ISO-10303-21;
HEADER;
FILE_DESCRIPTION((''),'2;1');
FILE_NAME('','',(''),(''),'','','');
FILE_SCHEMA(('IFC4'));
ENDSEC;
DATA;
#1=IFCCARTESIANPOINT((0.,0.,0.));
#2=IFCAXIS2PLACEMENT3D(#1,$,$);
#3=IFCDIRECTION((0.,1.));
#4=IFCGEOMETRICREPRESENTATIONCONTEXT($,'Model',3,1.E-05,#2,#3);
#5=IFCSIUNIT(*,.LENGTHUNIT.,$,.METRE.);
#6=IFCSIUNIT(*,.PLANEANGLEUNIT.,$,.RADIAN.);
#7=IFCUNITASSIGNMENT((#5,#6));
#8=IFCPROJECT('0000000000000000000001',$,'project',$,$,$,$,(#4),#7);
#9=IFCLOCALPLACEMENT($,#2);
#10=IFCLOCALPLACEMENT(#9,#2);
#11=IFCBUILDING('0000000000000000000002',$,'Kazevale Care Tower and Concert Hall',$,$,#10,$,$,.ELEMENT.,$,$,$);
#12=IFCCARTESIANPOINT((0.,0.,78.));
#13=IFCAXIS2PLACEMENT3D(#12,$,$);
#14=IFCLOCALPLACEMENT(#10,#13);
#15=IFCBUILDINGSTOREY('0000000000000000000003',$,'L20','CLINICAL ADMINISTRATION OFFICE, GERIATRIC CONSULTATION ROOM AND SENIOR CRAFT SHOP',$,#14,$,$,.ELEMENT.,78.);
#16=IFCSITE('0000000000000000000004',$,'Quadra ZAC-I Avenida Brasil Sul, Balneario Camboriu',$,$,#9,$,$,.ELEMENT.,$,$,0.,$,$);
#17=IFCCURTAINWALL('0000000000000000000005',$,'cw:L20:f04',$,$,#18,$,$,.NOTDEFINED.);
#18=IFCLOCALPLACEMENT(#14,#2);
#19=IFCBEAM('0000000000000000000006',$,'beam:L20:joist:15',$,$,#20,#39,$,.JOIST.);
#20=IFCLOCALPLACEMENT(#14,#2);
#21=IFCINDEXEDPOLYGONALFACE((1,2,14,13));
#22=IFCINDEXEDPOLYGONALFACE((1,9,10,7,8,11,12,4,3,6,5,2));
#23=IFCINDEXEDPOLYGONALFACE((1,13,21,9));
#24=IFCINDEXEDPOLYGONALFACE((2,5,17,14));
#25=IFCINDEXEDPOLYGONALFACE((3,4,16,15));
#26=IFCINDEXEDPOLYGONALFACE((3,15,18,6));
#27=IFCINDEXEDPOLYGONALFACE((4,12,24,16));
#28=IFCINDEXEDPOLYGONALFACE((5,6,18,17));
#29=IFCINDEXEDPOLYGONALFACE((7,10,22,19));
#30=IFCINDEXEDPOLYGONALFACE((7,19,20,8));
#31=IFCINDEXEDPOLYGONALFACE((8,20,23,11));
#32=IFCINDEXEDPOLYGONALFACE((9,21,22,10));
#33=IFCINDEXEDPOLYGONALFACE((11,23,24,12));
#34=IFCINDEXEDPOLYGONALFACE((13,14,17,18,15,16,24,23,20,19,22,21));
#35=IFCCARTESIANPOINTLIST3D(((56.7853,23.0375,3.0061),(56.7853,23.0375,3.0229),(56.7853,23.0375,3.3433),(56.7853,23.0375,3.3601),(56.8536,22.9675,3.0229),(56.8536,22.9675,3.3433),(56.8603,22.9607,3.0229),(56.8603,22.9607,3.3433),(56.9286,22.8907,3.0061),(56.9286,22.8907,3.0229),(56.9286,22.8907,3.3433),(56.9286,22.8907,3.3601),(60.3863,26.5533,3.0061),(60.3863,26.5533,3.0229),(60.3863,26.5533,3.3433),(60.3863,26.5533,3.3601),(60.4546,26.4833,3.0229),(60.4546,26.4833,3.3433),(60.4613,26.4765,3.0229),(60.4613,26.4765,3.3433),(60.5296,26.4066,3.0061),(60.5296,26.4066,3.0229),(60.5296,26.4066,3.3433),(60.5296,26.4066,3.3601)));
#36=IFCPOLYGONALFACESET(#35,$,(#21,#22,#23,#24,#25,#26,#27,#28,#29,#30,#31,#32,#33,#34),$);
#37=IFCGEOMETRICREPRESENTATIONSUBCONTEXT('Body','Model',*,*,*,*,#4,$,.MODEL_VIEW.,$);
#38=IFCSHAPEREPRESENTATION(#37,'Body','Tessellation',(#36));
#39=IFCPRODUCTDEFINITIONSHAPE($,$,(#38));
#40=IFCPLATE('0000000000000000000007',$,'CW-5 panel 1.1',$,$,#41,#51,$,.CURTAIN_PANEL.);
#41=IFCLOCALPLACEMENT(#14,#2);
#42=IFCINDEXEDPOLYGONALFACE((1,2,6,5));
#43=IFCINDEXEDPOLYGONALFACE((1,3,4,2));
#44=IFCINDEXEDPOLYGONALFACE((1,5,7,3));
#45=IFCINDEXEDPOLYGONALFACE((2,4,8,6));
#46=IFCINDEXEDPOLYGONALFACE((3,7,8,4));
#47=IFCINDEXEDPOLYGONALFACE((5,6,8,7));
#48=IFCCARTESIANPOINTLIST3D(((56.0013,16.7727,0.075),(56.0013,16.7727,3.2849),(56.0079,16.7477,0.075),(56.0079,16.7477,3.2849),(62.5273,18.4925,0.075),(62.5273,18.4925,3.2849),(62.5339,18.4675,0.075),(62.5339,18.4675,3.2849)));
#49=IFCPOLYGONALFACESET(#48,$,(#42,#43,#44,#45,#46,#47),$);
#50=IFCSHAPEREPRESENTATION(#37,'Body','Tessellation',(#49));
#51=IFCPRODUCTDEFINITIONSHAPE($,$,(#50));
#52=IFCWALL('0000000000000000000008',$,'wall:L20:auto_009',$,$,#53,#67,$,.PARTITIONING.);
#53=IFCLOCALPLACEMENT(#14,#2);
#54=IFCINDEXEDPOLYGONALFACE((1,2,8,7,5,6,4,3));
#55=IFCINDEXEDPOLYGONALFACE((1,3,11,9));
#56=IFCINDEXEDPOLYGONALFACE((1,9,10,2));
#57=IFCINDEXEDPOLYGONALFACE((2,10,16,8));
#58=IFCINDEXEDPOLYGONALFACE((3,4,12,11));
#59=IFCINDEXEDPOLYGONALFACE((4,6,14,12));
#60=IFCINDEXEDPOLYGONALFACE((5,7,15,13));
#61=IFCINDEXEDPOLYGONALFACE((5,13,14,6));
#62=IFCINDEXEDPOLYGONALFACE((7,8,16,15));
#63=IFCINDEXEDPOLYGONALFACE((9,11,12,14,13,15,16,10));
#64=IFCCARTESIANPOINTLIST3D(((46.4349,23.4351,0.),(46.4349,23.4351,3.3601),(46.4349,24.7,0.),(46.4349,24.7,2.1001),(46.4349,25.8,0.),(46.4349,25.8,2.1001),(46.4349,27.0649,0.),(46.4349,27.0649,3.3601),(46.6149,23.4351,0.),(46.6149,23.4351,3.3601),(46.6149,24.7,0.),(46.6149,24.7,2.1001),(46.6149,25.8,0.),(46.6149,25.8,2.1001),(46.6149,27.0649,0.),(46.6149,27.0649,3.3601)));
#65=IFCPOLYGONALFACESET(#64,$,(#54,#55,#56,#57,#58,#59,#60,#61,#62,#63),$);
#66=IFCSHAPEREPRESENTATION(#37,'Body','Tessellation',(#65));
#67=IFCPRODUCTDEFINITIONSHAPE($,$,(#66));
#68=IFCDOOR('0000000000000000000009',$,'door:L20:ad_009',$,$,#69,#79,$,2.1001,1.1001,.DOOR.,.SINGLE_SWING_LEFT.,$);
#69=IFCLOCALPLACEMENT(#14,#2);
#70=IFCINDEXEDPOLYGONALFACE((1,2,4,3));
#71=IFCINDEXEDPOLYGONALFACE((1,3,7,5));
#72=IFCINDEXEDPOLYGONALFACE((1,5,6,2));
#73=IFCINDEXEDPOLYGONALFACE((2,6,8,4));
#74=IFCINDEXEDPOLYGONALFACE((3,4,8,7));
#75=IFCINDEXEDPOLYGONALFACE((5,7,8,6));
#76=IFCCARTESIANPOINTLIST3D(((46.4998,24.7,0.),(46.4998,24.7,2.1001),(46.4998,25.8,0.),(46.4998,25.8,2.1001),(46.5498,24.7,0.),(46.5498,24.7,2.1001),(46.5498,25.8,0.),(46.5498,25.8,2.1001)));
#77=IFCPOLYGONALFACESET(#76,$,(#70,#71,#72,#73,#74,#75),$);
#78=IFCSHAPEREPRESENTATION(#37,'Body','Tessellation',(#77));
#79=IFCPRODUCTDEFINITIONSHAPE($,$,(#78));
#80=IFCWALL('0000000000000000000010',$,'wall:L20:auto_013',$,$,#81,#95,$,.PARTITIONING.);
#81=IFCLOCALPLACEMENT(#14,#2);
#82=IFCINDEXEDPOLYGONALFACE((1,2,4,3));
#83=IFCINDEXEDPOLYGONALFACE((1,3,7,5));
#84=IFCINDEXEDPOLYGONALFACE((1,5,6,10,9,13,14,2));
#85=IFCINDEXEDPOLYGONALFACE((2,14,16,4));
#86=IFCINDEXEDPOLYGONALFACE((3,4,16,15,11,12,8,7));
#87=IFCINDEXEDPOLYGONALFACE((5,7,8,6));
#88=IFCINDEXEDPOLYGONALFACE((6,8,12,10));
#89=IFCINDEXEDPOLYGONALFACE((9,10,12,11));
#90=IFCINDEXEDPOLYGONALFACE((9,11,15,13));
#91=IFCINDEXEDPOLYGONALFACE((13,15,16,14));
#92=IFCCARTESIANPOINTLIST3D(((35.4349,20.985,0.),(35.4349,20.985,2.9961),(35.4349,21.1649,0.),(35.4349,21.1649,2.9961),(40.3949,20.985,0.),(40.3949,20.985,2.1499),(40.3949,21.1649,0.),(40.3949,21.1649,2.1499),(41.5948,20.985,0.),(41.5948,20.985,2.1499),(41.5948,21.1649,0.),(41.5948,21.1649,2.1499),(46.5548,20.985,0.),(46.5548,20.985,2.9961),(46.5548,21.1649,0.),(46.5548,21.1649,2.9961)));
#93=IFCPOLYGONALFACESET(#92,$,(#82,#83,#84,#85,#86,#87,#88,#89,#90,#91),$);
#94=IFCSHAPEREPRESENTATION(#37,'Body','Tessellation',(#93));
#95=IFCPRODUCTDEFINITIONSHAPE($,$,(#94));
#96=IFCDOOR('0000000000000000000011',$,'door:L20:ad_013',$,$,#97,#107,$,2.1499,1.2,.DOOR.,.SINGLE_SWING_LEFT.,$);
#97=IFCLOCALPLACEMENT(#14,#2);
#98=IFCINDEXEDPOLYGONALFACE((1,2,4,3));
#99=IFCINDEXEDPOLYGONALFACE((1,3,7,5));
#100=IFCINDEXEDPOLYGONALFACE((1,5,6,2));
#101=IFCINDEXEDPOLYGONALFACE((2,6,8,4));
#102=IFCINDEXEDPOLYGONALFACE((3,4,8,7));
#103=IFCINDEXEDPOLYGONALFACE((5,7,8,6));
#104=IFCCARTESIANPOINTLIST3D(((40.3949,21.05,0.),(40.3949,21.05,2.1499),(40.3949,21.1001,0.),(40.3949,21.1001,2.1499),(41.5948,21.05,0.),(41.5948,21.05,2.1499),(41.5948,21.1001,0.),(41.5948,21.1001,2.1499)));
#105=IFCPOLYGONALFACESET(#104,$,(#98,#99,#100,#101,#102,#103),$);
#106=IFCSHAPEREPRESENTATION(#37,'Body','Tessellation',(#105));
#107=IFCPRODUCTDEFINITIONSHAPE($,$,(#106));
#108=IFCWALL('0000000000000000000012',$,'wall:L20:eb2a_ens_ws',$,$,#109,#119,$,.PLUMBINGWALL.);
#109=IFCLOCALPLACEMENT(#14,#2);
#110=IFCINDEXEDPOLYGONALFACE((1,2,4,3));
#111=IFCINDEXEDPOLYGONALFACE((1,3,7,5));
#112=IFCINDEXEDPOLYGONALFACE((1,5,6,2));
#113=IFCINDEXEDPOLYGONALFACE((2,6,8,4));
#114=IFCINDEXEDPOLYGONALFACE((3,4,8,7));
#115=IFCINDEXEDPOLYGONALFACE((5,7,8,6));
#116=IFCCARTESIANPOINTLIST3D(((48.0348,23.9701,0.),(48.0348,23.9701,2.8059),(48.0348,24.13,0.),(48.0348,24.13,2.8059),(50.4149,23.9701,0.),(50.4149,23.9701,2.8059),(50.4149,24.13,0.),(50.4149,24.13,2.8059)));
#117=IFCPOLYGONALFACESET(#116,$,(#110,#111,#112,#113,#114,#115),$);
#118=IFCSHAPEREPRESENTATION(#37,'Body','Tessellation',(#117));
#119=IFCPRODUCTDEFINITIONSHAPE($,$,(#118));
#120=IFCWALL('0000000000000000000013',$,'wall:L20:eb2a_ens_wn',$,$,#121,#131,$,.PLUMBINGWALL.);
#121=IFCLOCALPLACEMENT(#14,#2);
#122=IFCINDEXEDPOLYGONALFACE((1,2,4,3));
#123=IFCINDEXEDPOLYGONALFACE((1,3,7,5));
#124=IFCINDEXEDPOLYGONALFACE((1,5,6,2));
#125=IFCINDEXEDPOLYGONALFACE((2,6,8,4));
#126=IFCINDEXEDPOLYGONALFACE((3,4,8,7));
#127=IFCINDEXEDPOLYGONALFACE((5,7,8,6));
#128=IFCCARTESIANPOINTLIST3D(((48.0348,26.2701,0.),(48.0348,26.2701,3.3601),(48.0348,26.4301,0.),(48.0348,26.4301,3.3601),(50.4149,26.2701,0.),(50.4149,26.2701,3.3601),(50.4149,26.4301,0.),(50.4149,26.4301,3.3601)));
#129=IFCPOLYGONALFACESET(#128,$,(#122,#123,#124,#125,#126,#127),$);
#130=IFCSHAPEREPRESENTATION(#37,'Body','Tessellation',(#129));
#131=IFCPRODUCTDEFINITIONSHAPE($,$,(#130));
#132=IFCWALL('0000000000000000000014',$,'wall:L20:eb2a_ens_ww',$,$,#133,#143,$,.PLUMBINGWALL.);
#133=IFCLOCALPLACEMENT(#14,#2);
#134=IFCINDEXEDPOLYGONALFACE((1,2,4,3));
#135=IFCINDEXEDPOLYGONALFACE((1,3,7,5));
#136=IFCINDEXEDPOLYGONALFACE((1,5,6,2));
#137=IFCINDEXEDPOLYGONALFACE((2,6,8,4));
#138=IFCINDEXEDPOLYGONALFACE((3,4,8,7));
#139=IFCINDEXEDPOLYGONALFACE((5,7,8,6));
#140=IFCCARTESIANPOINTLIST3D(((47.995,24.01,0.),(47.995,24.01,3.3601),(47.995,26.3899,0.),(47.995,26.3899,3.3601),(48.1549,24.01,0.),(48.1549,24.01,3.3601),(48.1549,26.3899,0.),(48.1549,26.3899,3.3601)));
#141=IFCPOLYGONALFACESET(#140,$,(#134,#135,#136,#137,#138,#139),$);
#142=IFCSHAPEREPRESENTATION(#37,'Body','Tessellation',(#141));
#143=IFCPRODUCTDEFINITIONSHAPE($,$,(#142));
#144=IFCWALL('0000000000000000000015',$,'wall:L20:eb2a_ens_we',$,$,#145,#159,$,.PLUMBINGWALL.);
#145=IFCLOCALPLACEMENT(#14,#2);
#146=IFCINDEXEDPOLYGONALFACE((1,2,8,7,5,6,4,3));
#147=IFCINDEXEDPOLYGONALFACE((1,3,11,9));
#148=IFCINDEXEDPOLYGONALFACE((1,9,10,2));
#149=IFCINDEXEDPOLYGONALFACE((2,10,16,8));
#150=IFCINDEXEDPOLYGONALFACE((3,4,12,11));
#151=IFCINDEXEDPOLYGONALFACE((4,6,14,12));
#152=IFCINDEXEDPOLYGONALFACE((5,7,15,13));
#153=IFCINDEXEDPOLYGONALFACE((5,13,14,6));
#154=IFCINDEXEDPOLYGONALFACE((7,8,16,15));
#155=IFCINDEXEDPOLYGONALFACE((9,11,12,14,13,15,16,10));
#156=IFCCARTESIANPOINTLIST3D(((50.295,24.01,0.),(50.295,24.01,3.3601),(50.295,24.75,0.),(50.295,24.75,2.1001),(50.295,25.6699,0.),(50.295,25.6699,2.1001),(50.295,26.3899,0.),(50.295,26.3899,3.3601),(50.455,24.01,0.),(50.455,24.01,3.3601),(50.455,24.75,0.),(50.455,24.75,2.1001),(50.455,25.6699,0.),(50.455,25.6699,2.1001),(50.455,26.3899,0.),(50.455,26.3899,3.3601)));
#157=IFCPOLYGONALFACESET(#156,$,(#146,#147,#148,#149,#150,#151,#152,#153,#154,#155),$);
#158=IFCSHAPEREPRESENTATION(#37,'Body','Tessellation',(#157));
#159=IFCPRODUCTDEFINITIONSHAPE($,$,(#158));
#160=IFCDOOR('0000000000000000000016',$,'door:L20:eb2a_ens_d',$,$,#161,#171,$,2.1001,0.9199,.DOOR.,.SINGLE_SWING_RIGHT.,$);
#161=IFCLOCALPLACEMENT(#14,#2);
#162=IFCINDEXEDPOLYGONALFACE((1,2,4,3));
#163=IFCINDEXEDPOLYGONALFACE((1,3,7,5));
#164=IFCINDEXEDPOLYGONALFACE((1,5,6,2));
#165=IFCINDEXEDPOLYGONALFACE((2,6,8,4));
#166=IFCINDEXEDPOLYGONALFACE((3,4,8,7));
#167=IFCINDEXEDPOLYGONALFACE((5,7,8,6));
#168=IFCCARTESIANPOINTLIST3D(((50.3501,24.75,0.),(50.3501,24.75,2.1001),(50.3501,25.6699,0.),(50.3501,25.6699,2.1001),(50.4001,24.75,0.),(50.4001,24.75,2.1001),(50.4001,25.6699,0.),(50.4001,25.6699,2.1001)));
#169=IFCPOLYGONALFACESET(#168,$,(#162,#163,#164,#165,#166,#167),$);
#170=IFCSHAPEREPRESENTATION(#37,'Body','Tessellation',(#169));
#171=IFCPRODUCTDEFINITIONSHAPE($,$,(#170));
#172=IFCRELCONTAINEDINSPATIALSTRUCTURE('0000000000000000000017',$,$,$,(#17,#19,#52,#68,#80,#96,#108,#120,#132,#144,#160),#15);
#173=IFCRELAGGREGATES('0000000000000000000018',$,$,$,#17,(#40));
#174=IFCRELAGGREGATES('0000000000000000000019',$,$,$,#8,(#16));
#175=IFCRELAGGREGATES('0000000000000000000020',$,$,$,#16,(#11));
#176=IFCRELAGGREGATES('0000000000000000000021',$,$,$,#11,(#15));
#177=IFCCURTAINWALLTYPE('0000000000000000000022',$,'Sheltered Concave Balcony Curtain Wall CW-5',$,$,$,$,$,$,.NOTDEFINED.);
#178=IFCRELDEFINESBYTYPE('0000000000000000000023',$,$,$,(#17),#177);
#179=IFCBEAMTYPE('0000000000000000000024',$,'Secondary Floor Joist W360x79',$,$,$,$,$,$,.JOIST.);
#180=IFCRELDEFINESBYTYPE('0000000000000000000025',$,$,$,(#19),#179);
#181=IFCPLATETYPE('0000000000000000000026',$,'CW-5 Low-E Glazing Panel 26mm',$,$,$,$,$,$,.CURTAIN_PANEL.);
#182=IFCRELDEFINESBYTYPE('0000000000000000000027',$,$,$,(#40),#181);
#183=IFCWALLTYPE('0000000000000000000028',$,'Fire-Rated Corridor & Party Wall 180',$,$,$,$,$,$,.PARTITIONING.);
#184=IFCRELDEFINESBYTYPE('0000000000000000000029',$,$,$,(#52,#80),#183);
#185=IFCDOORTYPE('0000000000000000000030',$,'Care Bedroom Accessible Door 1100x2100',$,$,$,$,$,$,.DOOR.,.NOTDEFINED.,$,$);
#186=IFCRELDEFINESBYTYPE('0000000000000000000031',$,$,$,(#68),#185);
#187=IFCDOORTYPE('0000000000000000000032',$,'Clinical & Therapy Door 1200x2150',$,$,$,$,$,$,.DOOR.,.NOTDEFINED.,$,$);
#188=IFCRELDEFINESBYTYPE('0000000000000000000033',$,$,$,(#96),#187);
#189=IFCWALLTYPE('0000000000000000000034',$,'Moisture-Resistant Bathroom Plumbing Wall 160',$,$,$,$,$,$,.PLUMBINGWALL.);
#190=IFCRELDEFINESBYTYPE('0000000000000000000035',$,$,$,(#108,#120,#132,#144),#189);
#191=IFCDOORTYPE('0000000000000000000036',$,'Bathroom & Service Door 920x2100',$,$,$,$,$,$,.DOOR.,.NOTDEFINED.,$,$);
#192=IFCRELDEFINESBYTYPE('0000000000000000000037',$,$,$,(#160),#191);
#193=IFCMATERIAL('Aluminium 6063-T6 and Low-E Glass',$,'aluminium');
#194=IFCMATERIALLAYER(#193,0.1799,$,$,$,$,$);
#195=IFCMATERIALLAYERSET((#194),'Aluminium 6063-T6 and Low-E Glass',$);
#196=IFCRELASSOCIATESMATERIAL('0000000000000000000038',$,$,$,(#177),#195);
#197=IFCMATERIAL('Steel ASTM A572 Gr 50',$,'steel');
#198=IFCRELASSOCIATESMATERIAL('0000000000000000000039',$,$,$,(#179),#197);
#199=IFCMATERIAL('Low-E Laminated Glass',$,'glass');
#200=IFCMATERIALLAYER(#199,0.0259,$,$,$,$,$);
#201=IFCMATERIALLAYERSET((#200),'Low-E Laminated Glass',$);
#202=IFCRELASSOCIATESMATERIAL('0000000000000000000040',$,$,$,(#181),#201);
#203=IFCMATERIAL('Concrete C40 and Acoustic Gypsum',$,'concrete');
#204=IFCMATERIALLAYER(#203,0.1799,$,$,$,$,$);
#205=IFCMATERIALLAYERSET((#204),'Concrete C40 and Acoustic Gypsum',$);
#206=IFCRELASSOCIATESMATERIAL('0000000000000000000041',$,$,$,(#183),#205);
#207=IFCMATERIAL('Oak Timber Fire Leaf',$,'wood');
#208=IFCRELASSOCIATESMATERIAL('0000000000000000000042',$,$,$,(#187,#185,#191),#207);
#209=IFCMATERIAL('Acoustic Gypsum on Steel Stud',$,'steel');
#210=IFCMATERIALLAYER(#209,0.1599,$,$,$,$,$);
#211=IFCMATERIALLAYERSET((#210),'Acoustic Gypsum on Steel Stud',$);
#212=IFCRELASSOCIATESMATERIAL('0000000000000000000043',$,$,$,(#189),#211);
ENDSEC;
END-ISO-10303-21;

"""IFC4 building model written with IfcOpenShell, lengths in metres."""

from ifc_helpers import new_model, si_unit, direction, frame, frame_2d, origin, origin_2d, place, context, subcontext, project, spatial, rectangle, i_section, extrude, material, layer, layer_set, material_profile, profile_set, type_object, element, fill, aggregate, save


model = new_model("IFC4")

# Units and contexts
model_context = context("Model", 3, precision=1e-05, world=origin(), true_north=direction((0.0, 1.0)))
body_context = subcontext(model_context, "Body", "Model", "MODEL_VIEW")
ifc_project = project(units=[si_unit("LENGTHUNIT", "METRE"), si_unit("PLANEANGLEUNIT", "RADIAN")], contexts=[model_context])

# Site, building, storey
site_placement = place(None, origin())
site = spatial("IfcSite", under=ifc_project, at=site_placement, Name="Quadra ZAC-I Avenida Brasil Sul, Balneario Camboriu", CompositionType="ELEMENT", RefElevation=0.0)
building_placement = place(site_placement, origin())
building = spatial("IfcBuilding", under=site, at=building_placement, Name="Kazevale Care Tower and Concert Hall", CompositionType="ELEMENT")
storey_placement = place(building_placement, frame((0.0, 0.0, 78.0)))
storey = spatial("IfcBuildingStorey", under=building, at=storey_placement, Name="L20", Description="CLINICAL ADMINISTRATION OFFICE, GERIATRIC CONSULTATION ROOM AND SENIOR CRAFT SHOP", CompositionType="ELEMENT", Elevation=78.0)

# Curtain wall
ifc_material_1 = material(Name="Aluminium 6063-T6 and Low-E Glass", Category="aluminium")
ifc_layer_1 = layer(ifc_material_1, 0.1799)
ifc_layer_set_1 = layer_set([ifc_layer_1], Name="Aluminium 6063-T6 and Low-E Glass")
curtain_wall_type = type_object("IfcCurtainWallType", Name="Sheltered Concave Balcony Curtain Wall CW-5", PredefinedType="NOTDEFINED", material=ifc_layer_set_1)
curtain_wall_1_placement = place(storey_placement, origin())
curtain_wall_1 = element("IfcCurtainWall", 1, at=curtain_wall_1_placement, inside=storey, type_object=curtain_wall_type, Name="cw:L20:f04", PredefinedType="NOTDEFINED")

# Beam
ifc_material_2 = material(Name="Steel ASTM A572 Gr 50", Category="steel")
ifc_material_profile_1 = material_profile(ifc_material_2, i_section(OverallWidth=0.2051, OverallDepth=0.354, WebThickness=0.0095, FlangeThickness=0.0168, at=origin_2d()), Name="W360x79")
ifc_profile_set_1 = profile_set([ifc_material_profile_1], Name="Steel ASTM A572 Gr 50")
beam_type_1 = type_object("IfcBeamType", Name="Secondary Floor Joist W360x79", PredefinedType="JOIST", material=ifc_profile_set_1)
beam_1_placement = place(storey_placement, frame((56.8569, 22.9641, 3.1831), z_axis=(0.715521, 0.698591, 0.0), x_axis=(-0.698591, 0.715521, 0.0)))
element("IfcBeam", 2, at=beam_1_placement, inside=storey, type_object=beam_type_1, Name="beam:L20:joist:15", PredefinedType="JOIST", context=body_context, shape_type="SweptSolid", body=[
    extrude(i_section(OverallWidth=0.2051, OverallDepth=0.354, WebThickness=0.0095, FlangeThickness=0.0168, at=origin_2d()), origin(), (0.0, 0.0, 1.0), 5.0327),
])

# Plate
ifc_material_3 = material(Name="Low-E Laminated Glass", Category="glass")
ifc_layer_2 = layer(ifc_material_3, 0.0259)
ifc_layer_set_2 = layer_set([ifc_layer_2], Name="Low-E Laminated Glass")
plate_type = type_object("IfcPlateType", Name="CW-5 Low-E Glazing Panel 26mm", PredefinedType="CURTAIN_PANEL", material=ifc_layer_set_2)
plate_placement = place(storey_placement, frame((59.2676, 17.6201, 0.075), z_axis=(0.0, 0.0, 1.0), x_axis=(-0.966986, -0.254829, 0.0)))
plate = element("IfcPlate", 3, at=plate_placement, type_object=plate_type, Name="CW-5 panel 1.1", PredefinedType="CURTAIN_PANEL", context=body_context, shape_type="SweptSolid", body=[
    extrude(rectangle(XDim=6.7488, YDim=0.0259, at=origin_2d()), origin(), (0.0, 0.0, 1.0), 3.21),
])
aggregate(curtain_wall_1, [plate])

# Walls, openings, doors
ifc_material_4 = material(Name="Concrete C40 and Acoustic Gypsum", Category="concrete")
ifc_layer_3 = layer(ifc_material_4, 0.1799)
ifc_layer_set_3 = layer_set([ifc_layer_3], Name="Concrete C40 and Acoustic Gypsum")
wall_type_1 = type_object("IfcWallType", Name="Fire-Rated Corridor & Party Wall 180", PredefinedType="PARTITIONING", material=ifc_layer_set_3)
ifc_material_5 = material(Name="Oak Timber Fire Leaf", Category="wood")
door_type_1 = type_object("IfcDoorType", Name="Clinical & Therapy Door 1200x2150", OperationType="NOTDEFINED", PredefinedType="DOOR", material=ifc_material_5)
wall_1_placement = place(storey_placement, frame((46.5249, 27.0649, 0.0), z_axis=(0.0, 0.0, 1.0), x_axis=(0.0, -1.0, 0.0)))
wall_1 = element("IfcWall", 4, at=wall_1_placement, inside=storey, type_object=wall_type_1, Name="wall:L20:auto_009", PredefinedType="PARTITIONING", context=body_context, shape_type="SweptSolid", body=[
    extrude(rectangle(XDim=3.6299, YDim=0.1799, at=frame_2d((1.8149, 0.0))), origin(), (0.0, 0.0, 1.0), 3.3601),
])
opening_1_placement = place(wall_1_placement, frame((1.2649, 0.0, 0.0)))
opening_1 = element("IfcOpeningElement", 5, at=opening_1_placement, cuts=wall_1, PredefinedType="OPENING", context=body_context, shape_type="SweptSolid", body=[
    extrude(rectangle(XDim=1.1001, YDim=2.1001, at=frame_2d((0.55, 1.05))), frame((0.0, 0.0999, 0.0), z_axis=(0.0, -1.0, 0.0), x_axis=(1.0, 0.0, 0.0)), (0.0, 0.0, 1.0), 0.2),
])
door_type_2 = type_object("IfcDoorType", Name="Care Bedroom Accessible Door 1100x2100", OperationType="NOTDEFINED", PredefinedType="DOOR", material=ifc_material_5)
door_1_placement = place(opening_1_placement, origin())
door_1 = element("IfcDoor", 6, at=door_1_placement, inside=storey, type_object=door_type_2, Name="door:L20:ad_009", OperationType="SINGLE_SWING_LEFT", OverallHeight=2.1001, OverallWidth=1.1001, PredefinedType="DOOR", context=body_context, shape_type="SweptSolid", body=[
    extrude(rectangle(XDim=1.1001, YDim=2.1001, at=frame_2d((0.55, 1.05))), frame((0.0, 0.0249, 0.0), z_axis=(0.0, -1.0, 0.0), x_axis=(1.0, 0.0, 0.0)), (0.0, 0.0, 1.0), 0.05),
])
fill(opening_1, door_1)
wall_2_placement = place(storey_placement, frame((46.5549, 21.075, 0.0), z_axis=(0.0, 0.0, 1.0), x_axis=(-1.0, 0.0, 0.0)))
wall_2 = element("IfcWall", 7, at=wall_2_placement, inside=storey, type_object=wall_type_1, Name="wall:L20:auto_013", PredefinedType="PARTITIONING", context=body_context, shape_type="SweptSolid", body=[
    extrude(rectangle(XDim=11.1199, YDim=0.1799, at=frame_2d((5.5601, 0.0))), origin(), (0.0, 0.0, 1.0), 2.9961),
])
opening_2_placement = place(wall_2_placement, frame((4.96, 0.0, 0.0)))
opening_2 = element("IfcOpeningElement", 8, at=opening_2_placement, cuts=wall_2, PredefinedType="OPENING", context=body_context, shape_type="SweptSolid", body=[
    extrude(rectangle(XDim=1.2, YDim=2.1499, at=frame_2d((0.6001, 1.075))), frame((0.0, 0.0999, 0.0), z_axis=(0.0, -1.0, 0.0), x_axis=(1.0, 0.0, 0.0)), (0.0, 0.0, 1.0), 0.2),
])
door_2_placement = place(opening_2_placement, origin())
door_2 = element("IfcDoor", 9, at=door_2_placement, inside=storey, type_object=door_type_1, Name="door:L20:ad_013", OperationType="SINGLE_SWING_LEFT", OverallHeight=2.1499, OverallWidth=1.2, PredefinedType="DOOR", context=body_context, shape_type="SweptSolid", body=[
    extrude(rectangle(XDim=1.2, YDim=2.1499, at=frame_2d((0.6001, 1.075))), frame((0.0, 0.0249, 0.0), z_axis=(0.0, -1.0, 0.0), x_axis=(1.0, 0.0, 0.0)), (0.0, 0.0, 1.0), 0.05),
])
fill(opening_2, door_2)

# Walls
ifc_material_6 = material(Name="Acoustic Gypsum on Steel Stud", Category="steel")
ifc_layer_4 = layer(ifc_material_6, 0.1599)
ifc_layer_set_4 = layer_set([ifc_layer_4], Name="Acoustic Gypsum on Steel Stud")
wall_type_2 = type_object("IfcWallType", Name="Moisture-Resistant Bathroom Plumbing Wall 160", PredefinedType="PLUMBINGWALL", material=ifc_layer_set_4)
wall_3_placement = place(storey_placement, frame((48.0349, 24.05, 0.0), z_axis=(0.0, 0.0, 1.0), x_axis=(1.0, 0.0, 0.0)))
element("IfcWall", 10, at=wall_3_placement, inside=storey, type_object=wall_type_2, Name="wall:L20:eb2a_ens_ws", PredefinedType="PLUMBINGWALL", context=body_context, shape_type="SweptSolid", body=[
    extrude(rectangle(XDim=2.3801, YDim=0.1599, at=frame_2d((1.1899, 0.0))), origin(), (0.0, 0.0, 1.0), 2.8059),
])
wall_4_placement = place(storey_placement, frame((48.0349, 26.3501, 0.0), z_axis=(0.0, 0.0, 1.0), x_axis=(1.0, 0.0, 0.0)))
element("IfcWall", 11, at=wall_4_placement, inside=storey, type_object=wall_type_2, Name="wall:L20:eb2a_ens_wn", PredefinedType="PLUMBINGWALL", context=body_context, shape_type="SweptSolid", body=[
    extrude(rectangle(XDim=2.3801, YDim=0.1599, at=frame_2d((1.1899, 0.0))), origin(), (0.0, 0.0, 1.0), 3.3601),
])
wall_5_placement = place(storey_placement, frame((48.075, 24.01, 0.0), z_axis=(0.0, 0.0, 1.0), x_axis=(0.0, 1.0, 0.0)))
element("IfcWall", 12, at=wall_5_placement, inside=storey, type_object=wall_type_2, Name="wall:L20:eb2a_ens_ww", PredefinedType="PLUMBINGWALL", context=body_context, shape_type="SweptSolid", body=[
    extrude(rectangle(XDim=2.3799, YDim=0.1599, at=frame_2d((1.1899, 0.0))), origin(), (0.0, 0.0, 1.0), 3.3601),
])

# Wall, opening, door
wall_6_placement = place(storey_placement, frame((50.375, 24.01, 0.0), z_axis=(0.0, 0.0, 1.0), x_axis=(0.0, 1.0, 0.0)))
wall_6 = element("IfcWall", 13, at=wall_6_placement, inside=storey, type_object=wall_type_2, Name="wall:L20:eb2a_ens_we", PredefinedType="PLUMBINGWALL", context=body_context, shape_type="SweptSolid", body=[
    extrude(rectangle(XDim=2.3799, YDim=0.1599, at=frame_2d((1.1899, 0.0))), origin(), (0.0, 0.0, 1.0), 3.3601),
])
opening_3_placement = place(wall_6_placement, frame((0.74, 0.0, 0.0)))
opening_3 = element("IfcOpeningElement", 14, at=opening_3_placement, cuts=wall_6, PredefinedType="OPENING", context=body_context, shape_type="SweptSolid", body=[
    extrude(rectangle(XDim=0.9199, YDim=2.1001, at=frame_2d((0.46, 1.05))), frame((0.0, 0.0898, 0.0), z_axis=(0.0, -1.0, 0.0), x_axis=(1.0, 0.0, 0.0)), (0.0, 0.0, 1.0), 0.1799),
])
door_type_3 = type_object("IfcDoorType", Name="Bathroom & Service Door 920x2100", OperationType="NOTDEFINED", PredefinedType="DOOR", material=ifc_material_5)
door_3_placement = place(opening_3_placement, origin())
door_3 = element("IfcDoor", 15, at=door_3_placement, inside=storey, type_object=door_type_3, Name="door:L20:eb2a_ens_d", OperationType="SINGLE_SWING_RIGHT", OverallHeight=2.1001, OverallWidth=0.9199, PredefinedType="DOOR", context=body_context, shape_type="SweptSolid", body=[
    extrude(rectangle(XDim=0.9199, YDim=2.1001, at=frame_2d((0.46, 1.05))), frame((0.0, 0.0249, 0.0), z_axis=(0.0, -1.0, 0.0), x_axis=(1.0, 0.0, 0.0)), (0.0, 0.0, 1.0), 0.05),
])
fill(opening_3, door_3)

save(model, "model.ifc")
